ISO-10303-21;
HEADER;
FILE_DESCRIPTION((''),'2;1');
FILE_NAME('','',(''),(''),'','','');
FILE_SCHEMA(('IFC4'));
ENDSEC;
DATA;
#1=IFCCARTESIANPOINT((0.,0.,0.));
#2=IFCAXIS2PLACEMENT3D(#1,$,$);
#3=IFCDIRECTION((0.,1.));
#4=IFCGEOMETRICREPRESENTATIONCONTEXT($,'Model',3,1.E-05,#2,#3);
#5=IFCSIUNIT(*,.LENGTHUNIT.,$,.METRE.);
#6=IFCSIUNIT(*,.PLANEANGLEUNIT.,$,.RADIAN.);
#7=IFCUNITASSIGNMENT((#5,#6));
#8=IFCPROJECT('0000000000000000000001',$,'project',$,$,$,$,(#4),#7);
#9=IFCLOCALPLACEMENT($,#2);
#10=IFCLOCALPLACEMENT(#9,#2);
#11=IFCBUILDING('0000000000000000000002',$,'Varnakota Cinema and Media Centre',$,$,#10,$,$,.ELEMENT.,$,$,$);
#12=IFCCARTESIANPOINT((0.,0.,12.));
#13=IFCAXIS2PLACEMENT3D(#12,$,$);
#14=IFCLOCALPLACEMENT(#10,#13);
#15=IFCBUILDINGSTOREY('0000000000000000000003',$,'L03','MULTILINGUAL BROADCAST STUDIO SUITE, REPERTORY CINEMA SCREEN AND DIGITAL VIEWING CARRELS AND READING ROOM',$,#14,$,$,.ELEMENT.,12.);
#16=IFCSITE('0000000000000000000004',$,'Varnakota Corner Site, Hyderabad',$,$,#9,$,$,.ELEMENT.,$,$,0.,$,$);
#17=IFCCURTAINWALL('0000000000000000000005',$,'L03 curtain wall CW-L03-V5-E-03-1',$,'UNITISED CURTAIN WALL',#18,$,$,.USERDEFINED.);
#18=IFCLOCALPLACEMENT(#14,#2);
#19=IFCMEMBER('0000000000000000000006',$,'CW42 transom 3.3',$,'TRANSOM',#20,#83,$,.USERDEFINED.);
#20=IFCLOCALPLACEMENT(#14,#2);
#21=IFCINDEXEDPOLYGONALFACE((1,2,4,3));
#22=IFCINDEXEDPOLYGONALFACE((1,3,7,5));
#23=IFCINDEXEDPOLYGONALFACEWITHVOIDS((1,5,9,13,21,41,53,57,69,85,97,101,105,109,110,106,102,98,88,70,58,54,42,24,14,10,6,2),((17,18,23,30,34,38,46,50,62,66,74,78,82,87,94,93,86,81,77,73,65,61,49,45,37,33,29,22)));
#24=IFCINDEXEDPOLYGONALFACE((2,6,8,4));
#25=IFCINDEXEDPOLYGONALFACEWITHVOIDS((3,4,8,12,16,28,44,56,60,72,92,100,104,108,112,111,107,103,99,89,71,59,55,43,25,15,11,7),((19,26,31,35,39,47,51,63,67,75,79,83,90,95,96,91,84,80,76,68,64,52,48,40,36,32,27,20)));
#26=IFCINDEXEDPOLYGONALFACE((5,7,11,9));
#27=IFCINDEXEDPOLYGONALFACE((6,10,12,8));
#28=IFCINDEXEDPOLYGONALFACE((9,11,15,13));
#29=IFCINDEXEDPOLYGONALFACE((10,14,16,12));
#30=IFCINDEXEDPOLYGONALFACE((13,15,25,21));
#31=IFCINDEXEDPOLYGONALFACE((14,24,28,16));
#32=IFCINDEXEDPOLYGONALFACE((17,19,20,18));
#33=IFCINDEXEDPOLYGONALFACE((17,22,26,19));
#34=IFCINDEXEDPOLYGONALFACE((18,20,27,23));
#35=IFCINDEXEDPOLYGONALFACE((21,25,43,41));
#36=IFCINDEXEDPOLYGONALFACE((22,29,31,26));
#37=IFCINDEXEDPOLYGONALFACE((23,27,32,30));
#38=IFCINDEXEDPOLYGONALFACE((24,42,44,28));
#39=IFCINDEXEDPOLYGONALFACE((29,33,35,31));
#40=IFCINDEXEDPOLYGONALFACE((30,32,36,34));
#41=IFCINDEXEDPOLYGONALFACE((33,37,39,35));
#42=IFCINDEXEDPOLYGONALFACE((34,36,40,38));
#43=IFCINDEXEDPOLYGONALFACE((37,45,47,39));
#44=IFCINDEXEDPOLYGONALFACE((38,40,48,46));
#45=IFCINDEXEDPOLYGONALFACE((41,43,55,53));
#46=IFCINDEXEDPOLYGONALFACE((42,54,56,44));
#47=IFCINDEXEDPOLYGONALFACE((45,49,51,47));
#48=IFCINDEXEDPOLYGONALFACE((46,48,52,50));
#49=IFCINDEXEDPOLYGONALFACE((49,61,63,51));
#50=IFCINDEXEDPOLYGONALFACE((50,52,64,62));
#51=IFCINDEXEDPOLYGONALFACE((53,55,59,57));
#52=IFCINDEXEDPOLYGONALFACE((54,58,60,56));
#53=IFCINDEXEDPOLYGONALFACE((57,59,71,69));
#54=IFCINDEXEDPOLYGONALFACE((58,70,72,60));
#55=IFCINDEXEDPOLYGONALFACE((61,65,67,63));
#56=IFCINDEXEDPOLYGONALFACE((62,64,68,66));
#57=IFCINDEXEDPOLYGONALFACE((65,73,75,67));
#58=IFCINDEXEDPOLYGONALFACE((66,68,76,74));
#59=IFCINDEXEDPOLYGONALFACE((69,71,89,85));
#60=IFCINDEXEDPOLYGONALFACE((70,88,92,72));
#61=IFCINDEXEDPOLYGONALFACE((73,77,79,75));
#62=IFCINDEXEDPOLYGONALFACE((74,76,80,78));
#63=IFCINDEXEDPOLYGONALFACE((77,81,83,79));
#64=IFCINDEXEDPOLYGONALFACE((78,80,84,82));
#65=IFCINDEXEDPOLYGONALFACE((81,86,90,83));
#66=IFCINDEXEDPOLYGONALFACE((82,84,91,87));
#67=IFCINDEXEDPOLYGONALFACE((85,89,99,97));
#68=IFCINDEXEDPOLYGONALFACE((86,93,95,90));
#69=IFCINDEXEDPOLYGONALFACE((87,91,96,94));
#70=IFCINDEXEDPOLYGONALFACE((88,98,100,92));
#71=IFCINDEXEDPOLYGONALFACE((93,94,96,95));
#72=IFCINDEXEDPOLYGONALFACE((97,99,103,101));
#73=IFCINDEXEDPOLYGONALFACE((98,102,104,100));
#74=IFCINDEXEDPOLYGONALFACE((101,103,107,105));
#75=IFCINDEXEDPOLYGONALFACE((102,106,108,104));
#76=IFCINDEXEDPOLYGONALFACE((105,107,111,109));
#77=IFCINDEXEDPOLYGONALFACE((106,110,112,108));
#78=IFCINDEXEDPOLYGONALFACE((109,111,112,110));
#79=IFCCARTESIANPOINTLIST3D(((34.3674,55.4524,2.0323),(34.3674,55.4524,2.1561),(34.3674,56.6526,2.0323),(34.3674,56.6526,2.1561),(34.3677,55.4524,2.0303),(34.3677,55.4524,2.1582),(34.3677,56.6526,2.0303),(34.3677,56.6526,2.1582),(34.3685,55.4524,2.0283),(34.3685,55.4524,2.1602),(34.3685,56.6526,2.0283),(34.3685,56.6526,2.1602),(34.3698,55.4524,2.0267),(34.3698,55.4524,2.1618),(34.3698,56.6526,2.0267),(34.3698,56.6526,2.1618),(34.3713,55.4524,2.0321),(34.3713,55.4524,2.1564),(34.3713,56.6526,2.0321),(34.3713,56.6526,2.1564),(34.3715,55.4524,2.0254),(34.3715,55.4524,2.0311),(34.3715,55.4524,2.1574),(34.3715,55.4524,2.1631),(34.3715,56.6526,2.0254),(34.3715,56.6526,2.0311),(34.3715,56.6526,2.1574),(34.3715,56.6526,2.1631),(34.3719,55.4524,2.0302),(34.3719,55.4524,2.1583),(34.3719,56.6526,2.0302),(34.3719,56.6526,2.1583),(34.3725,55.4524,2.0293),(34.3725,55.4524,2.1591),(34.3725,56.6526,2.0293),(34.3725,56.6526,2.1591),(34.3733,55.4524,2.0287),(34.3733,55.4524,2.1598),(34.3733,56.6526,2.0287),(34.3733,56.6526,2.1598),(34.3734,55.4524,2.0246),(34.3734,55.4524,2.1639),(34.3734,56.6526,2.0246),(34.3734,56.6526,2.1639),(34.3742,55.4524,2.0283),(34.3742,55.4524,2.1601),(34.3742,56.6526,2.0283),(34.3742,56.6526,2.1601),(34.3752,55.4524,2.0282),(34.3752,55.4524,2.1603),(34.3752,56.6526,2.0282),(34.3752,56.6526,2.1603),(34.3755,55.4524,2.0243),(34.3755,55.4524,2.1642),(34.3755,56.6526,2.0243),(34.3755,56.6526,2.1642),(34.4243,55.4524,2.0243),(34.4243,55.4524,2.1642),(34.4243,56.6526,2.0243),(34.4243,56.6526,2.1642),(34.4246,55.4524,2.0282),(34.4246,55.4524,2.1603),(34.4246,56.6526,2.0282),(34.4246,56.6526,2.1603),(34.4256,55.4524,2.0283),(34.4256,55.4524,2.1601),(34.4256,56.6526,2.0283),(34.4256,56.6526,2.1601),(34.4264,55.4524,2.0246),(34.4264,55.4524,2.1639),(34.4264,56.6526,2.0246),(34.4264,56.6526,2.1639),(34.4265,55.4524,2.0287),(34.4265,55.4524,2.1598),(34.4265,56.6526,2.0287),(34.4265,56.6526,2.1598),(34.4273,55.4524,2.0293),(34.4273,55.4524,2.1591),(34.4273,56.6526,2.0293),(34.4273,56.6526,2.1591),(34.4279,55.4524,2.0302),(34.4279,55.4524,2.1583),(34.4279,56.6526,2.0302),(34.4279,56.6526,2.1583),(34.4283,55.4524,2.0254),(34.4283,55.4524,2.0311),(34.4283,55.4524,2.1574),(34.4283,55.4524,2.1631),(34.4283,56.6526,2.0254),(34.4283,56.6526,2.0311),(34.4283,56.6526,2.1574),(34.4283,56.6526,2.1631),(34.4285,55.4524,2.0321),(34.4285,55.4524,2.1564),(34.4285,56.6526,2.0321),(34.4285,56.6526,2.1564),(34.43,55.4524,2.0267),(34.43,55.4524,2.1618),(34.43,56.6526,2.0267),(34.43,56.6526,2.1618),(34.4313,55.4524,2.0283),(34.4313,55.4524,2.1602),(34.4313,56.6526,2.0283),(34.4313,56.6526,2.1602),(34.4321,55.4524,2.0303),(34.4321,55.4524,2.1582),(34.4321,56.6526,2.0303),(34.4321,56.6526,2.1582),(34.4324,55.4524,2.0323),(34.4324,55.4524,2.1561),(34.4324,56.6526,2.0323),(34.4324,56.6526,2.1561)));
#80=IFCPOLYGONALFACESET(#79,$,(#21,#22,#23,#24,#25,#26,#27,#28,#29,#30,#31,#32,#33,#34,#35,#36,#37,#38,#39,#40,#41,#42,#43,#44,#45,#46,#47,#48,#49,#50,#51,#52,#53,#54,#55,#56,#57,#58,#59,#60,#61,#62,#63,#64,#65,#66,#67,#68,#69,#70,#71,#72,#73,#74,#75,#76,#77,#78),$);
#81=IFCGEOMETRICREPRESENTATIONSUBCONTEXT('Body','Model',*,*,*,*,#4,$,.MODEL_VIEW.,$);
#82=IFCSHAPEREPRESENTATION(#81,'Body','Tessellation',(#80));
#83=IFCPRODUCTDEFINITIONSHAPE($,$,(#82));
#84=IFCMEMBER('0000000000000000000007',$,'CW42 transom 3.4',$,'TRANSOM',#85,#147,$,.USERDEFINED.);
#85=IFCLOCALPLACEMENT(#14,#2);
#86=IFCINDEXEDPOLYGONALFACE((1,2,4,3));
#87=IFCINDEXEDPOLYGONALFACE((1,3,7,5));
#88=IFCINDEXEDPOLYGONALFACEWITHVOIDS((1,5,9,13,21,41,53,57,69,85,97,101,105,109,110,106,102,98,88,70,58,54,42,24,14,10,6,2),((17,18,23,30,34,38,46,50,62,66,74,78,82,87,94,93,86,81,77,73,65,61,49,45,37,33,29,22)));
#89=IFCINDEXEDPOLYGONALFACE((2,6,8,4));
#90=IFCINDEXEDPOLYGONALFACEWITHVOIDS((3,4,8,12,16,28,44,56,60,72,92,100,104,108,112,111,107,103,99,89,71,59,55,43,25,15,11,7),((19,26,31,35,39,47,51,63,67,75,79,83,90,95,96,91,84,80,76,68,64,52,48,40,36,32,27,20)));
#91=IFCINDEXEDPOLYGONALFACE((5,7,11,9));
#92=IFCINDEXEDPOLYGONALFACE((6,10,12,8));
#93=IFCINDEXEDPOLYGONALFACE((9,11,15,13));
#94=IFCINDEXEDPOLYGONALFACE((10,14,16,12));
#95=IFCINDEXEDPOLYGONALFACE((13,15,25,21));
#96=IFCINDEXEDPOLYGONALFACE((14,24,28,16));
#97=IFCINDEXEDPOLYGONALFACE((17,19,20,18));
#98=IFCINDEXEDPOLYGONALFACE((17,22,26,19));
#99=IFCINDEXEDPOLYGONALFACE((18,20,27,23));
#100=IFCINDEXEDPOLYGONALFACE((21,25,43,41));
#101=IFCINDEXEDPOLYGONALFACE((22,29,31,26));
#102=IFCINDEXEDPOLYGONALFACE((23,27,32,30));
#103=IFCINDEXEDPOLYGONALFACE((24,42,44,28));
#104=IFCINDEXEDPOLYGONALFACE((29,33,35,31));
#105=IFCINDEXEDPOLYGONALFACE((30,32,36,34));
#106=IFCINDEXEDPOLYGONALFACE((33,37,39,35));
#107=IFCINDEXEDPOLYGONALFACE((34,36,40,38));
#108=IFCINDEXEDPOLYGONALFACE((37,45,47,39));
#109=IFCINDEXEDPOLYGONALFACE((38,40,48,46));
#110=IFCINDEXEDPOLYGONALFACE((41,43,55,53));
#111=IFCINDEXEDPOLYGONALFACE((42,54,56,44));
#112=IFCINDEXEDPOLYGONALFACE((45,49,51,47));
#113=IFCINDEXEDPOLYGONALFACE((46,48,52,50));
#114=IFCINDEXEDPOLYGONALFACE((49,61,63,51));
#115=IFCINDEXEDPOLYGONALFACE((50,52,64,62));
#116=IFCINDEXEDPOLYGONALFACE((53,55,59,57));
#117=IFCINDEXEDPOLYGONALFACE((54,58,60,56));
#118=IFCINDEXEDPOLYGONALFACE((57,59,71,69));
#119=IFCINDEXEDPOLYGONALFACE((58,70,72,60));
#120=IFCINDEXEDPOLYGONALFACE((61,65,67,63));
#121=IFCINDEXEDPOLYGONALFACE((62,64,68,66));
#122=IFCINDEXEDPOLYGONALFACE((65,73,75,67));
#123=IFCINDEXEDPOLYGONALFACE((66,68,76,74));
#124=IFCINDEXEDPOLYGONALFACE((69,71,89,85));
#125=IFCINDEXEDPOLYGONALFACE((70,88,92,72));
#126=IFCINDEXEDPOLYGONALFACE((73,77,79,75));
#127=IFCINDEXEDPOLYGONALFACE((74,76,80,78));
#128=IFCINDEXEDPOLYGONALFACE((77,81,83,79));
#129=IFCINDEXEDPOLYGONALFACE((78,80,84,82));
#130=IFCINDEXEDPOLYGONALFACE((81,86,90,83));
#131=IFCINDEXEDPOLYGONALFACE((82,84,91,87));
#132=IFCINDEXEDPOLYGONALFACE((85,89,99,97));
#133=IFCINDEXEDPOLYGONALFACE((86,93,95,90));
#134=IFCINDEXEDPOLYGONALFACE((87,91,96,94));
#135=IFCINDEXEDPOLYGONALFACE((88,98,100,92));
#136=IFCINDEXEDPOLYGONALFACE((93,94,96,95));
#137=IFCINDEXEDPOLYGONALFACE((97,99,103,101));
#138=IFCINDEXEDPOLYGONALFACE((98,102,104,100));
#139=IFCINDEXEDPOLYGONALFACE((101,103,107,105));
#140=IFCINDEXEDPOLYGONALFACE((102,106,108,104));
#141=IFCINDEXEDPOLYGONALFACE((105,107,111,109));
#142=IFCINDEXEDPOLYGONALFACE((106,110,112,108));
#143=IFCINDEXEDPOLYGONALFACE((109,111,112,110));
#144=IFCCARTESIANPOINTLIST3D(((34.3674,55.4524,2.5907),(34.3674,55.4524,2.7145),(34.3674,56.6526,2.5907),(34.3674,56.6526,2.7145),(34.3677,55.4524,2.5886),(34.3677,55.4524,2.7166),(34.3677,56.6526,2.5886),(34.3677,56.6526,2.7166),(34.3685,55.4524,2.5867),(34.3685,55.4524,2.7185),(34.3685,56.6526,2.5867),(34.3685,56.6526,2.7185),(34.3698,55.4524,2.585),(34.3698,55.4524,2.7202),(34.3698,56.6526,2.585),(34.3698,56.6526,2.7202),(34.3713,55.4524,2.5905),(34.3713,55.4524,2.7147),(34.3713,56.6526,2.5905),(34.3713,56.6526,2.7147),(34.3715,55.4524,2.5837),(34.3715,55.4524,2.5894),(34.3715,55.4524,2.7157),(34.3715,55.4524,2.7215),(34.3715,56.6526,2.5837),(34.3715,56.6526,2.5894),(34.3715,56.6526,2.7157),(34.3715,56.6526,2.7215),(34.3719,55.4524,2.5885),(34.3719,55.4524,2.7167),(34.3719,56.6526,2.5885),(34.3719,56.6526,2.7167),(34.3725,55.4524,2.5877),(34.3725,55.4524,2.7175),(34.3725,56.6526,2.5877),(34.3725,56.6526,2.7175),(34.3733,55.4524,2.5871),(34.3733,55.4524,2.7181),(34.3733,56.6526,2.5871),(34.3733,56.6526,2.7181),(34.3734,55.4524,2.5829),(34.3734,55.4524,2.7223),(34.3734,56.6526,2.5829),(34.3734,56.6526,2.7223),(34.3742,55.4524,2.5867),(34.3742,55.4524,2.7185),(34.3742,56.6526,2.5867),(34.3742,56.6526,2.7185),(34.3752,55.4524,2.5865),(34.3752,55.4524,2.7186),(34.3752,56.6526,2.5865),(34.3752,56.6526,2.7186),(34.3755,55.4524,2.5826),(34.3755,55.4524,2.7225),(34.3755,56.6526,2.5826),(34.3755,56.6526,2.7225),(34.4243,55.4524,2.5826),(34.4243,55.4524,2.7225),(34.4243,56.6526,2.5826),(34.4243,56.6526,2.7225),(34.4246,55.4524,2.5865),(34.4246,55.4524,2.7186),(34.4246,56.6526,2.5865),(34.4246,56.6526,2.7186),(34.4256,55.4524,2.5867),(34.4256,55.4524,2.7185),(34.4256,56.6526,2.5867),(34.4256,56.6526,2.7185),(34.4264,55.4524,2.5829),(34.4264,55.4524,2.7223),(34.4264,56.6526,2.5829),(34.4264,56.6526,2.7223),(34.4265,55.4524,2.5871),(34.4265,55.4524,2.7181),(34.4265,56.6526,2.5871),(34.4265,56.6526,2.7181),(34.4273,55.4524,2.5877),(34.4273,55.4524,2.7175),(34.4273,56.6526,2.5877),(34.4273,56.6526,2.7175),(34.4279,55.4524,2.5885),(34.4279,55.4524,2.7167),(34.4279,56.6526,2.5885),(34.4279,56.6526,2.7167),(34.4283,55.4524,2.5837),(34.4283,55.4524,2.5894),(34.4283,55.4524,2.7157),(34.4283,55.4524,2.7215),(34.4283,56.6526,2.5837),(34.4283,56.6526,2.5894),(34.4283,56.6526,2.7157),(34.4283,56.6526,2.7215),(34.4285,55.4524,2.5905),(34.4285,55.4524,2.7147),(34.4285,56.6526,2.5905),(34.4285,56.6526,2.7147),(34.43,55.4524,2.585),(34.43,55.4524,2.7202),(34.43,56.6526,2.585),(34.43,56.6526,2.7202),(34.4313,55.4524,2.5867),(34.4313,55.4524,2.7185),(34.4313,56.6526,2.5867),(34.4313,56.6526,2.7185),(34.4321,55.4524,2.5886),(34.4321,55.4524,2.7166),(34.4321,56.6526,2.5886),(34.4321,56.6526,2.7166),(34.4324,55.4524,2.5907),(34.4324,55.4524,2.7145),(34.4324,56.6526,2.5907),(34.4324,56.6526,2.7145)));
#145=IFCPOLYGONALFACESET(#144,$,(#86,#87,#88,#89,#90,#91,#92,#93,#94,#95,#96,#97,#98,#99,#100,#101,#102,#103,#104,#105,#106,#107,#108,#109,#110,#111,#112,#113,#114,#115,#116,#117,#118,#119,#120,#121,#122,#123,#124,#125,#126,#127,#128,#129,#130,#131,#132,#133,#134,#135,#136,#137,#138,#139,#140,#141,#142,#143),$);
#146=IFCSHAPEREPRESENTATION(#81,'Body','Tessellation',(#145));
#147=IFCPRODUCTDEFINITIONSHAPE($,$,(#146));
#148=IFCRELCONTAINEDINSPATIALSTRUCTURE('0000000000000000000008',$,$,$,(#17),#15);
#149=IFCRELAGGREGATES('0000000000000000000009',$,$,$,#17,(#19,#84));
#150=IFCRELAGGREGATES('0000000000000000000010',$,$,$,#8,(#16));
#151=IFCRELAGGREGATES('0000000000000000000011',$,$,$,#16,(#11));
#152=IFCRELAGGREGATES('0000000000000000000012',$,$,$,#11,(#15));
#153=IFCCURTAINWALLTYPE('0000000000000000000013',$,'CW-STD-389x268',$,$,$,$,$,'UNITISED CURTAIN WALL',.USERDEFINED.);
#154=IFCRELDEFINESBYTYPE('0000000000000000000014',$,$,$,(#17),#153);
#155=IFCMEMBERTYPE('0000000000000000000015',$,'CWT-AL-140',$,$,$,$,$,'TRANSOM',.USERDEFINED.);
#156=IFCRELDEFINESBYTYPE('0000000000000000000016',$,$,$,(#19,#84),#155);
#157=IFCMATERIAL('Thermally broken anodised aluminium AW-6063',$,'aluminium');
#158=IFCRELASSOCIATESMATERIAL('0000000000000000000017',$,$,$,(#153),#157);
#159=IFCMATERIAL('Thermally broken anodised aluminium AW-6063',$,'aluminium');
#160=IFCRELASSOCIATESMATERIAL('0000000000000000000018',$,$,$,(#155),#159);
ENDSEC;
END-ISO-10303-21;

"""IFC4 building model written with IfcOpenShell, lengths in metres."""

from ifc_helpers import new_model, si_unit, direction, frame, origin, origin_2d, place, context, subcontext, project, spatial, hollow_rectangle, extrude, material, material_profile, profile_set, type_object, element, aggregate, save


model = new_model("IFC4")

# Units and contexts
model_context = context("Model", 3, precision=1e-05, world=origin(), true_north=direction((0.0, 1.0)))
body_context = subcontext(model_context, "Body", "Model", "MODEL_VIEW")
ifc_project = project(units=[si_unit("LENGTHUNIT", "METRE"), si_unit("PLANEANGLEUNIT", "RADIAN")], contexts=[model_context])

# Site, building, storey
site_placement = place(None, origin())
site = spatial("IfcSite", under=ifc_project, at=site_placement, Name="Varnakota Corner Site, Hyderabad", CompositionType="ELEMENT", RefElevation=0.0)
building_placement = place(site_placement, origin())
building = spatial("IfcBuilding", under=site, at=building_placement, Name="Varnakota Cinema and Media Centre", CompositionType="ELEMENT")
storey_placement = place(building_placement, frame((0.0, 0.0, 12.0)))
storey = spatial("IfcBuildingStorey", under=building, at=storey_placement, Name="L03", Description="MULTILINGUAL BROADCAST STUDIO SUITE, REPERTORY CINEMA SCREEN AND DIGITAL VIEWING CARRELS AND READING ROOM", CompositionType="ELEMENT", Elevation=12.0)

# Curtain wall
ifc_material_1 = material(Name="Thermally broken anodised aluminium AW-6063", Category="aluminium")
curtain_wall_type = type_object("IfcCurtainWallType", Name="CW-STD-389x268", ElementType="UNITISED CURTAIN WALL", PredefinedType="USERDEFINED", material=ifc_material_1)
curtain_wall_1_placement = place(storey_placement, origin())
curtain_wall_1 = element("IfcCurtainWall", 1, at=curtain_wall_1_placement, inside=storey, type_object=curtain_wall_type, Name="L03 curtain wall CW-L03-V5-E-03-1", ObjectType="UNITISED CURTAIN WALL", PredefinedType="USERDEFINED")

# Members
ifc_material_2 = material(Name="Thermally broken anodised aluminium AW-6063", Category="aluminium")
ifc_material_profile_1 = material_profile(ifc_material_2, hollow_rectangle(XDim=0.0649, YDim=0.1399, WallThickness=0.0039, InnerFilletRadius=0.0039, OuterFilletRadius=0.0081, at=origin_2d()), Name="AL-TRANSOM 140x65x4")
ifc_profile_set_1 = profile_set([ifc_material_profile_1], Name="Thermally broken anodised aluminium AW-6063")
member_type_1 = type_object("IfcMemberType", Name="CWT-AL-140", ElementType="TRANSOM", PredefinedType="USERDEFINED", material=ifc_profile_set_1)
member_1_placement = place(storey_placement, frame((34.3999, 55.4524, 2.0942), z_axis=(0.0, 1.0, 0.0), x_axis=(-1.0, 0.0, 0.0)))
member_1 = element("IfcMember", 2, at=member_1_placement, type_object=member_type_1, Name="CW42 transom 3.3", ObjectType="TRANSOM", PredefinedType="USERDEFINED", context=body_context, shape_type="SweptSolid", body=[
    extrude(hollow_rectangle(XDim=0.0649, YDim=0.1399, WallThickness=0.0039, InnerFilletRadius=0.0039, OuterFilletRadius=0.0081, at=origin_2d()), origin(), (0.0, 0.0, 1.0), 1.2002),
])
member_2_placement = place(storey_placement, frame((34.3999, 55.4524, 2.6526), z_axis=(0.0, 1.0, 0.0), x_axis=(-1.0, 0.0, 0.0)))
member_2 = element("IfcMember", 3, at=member_2_placement, type_object=member_type_1, Name="CW42 transom 3.4", ObjectType="TRANSOM", PredefinedType="USERDEFINED", context=body_context, shape_type="SweptSolid", body=[
    extrude(hollow_rectangle(XDim=0.0649, YDim=0.1399, WallThickness=0.0039, InnerFilletRadius=0.0039, OuterFilletRadius=0.0081, at=origin_2d()), origin(), (0.0, 0.0, 1.0), 1.2002),
])

aggregate(curtain_wall_1, [member_1, member_2])

save(model, "model.ifc")
